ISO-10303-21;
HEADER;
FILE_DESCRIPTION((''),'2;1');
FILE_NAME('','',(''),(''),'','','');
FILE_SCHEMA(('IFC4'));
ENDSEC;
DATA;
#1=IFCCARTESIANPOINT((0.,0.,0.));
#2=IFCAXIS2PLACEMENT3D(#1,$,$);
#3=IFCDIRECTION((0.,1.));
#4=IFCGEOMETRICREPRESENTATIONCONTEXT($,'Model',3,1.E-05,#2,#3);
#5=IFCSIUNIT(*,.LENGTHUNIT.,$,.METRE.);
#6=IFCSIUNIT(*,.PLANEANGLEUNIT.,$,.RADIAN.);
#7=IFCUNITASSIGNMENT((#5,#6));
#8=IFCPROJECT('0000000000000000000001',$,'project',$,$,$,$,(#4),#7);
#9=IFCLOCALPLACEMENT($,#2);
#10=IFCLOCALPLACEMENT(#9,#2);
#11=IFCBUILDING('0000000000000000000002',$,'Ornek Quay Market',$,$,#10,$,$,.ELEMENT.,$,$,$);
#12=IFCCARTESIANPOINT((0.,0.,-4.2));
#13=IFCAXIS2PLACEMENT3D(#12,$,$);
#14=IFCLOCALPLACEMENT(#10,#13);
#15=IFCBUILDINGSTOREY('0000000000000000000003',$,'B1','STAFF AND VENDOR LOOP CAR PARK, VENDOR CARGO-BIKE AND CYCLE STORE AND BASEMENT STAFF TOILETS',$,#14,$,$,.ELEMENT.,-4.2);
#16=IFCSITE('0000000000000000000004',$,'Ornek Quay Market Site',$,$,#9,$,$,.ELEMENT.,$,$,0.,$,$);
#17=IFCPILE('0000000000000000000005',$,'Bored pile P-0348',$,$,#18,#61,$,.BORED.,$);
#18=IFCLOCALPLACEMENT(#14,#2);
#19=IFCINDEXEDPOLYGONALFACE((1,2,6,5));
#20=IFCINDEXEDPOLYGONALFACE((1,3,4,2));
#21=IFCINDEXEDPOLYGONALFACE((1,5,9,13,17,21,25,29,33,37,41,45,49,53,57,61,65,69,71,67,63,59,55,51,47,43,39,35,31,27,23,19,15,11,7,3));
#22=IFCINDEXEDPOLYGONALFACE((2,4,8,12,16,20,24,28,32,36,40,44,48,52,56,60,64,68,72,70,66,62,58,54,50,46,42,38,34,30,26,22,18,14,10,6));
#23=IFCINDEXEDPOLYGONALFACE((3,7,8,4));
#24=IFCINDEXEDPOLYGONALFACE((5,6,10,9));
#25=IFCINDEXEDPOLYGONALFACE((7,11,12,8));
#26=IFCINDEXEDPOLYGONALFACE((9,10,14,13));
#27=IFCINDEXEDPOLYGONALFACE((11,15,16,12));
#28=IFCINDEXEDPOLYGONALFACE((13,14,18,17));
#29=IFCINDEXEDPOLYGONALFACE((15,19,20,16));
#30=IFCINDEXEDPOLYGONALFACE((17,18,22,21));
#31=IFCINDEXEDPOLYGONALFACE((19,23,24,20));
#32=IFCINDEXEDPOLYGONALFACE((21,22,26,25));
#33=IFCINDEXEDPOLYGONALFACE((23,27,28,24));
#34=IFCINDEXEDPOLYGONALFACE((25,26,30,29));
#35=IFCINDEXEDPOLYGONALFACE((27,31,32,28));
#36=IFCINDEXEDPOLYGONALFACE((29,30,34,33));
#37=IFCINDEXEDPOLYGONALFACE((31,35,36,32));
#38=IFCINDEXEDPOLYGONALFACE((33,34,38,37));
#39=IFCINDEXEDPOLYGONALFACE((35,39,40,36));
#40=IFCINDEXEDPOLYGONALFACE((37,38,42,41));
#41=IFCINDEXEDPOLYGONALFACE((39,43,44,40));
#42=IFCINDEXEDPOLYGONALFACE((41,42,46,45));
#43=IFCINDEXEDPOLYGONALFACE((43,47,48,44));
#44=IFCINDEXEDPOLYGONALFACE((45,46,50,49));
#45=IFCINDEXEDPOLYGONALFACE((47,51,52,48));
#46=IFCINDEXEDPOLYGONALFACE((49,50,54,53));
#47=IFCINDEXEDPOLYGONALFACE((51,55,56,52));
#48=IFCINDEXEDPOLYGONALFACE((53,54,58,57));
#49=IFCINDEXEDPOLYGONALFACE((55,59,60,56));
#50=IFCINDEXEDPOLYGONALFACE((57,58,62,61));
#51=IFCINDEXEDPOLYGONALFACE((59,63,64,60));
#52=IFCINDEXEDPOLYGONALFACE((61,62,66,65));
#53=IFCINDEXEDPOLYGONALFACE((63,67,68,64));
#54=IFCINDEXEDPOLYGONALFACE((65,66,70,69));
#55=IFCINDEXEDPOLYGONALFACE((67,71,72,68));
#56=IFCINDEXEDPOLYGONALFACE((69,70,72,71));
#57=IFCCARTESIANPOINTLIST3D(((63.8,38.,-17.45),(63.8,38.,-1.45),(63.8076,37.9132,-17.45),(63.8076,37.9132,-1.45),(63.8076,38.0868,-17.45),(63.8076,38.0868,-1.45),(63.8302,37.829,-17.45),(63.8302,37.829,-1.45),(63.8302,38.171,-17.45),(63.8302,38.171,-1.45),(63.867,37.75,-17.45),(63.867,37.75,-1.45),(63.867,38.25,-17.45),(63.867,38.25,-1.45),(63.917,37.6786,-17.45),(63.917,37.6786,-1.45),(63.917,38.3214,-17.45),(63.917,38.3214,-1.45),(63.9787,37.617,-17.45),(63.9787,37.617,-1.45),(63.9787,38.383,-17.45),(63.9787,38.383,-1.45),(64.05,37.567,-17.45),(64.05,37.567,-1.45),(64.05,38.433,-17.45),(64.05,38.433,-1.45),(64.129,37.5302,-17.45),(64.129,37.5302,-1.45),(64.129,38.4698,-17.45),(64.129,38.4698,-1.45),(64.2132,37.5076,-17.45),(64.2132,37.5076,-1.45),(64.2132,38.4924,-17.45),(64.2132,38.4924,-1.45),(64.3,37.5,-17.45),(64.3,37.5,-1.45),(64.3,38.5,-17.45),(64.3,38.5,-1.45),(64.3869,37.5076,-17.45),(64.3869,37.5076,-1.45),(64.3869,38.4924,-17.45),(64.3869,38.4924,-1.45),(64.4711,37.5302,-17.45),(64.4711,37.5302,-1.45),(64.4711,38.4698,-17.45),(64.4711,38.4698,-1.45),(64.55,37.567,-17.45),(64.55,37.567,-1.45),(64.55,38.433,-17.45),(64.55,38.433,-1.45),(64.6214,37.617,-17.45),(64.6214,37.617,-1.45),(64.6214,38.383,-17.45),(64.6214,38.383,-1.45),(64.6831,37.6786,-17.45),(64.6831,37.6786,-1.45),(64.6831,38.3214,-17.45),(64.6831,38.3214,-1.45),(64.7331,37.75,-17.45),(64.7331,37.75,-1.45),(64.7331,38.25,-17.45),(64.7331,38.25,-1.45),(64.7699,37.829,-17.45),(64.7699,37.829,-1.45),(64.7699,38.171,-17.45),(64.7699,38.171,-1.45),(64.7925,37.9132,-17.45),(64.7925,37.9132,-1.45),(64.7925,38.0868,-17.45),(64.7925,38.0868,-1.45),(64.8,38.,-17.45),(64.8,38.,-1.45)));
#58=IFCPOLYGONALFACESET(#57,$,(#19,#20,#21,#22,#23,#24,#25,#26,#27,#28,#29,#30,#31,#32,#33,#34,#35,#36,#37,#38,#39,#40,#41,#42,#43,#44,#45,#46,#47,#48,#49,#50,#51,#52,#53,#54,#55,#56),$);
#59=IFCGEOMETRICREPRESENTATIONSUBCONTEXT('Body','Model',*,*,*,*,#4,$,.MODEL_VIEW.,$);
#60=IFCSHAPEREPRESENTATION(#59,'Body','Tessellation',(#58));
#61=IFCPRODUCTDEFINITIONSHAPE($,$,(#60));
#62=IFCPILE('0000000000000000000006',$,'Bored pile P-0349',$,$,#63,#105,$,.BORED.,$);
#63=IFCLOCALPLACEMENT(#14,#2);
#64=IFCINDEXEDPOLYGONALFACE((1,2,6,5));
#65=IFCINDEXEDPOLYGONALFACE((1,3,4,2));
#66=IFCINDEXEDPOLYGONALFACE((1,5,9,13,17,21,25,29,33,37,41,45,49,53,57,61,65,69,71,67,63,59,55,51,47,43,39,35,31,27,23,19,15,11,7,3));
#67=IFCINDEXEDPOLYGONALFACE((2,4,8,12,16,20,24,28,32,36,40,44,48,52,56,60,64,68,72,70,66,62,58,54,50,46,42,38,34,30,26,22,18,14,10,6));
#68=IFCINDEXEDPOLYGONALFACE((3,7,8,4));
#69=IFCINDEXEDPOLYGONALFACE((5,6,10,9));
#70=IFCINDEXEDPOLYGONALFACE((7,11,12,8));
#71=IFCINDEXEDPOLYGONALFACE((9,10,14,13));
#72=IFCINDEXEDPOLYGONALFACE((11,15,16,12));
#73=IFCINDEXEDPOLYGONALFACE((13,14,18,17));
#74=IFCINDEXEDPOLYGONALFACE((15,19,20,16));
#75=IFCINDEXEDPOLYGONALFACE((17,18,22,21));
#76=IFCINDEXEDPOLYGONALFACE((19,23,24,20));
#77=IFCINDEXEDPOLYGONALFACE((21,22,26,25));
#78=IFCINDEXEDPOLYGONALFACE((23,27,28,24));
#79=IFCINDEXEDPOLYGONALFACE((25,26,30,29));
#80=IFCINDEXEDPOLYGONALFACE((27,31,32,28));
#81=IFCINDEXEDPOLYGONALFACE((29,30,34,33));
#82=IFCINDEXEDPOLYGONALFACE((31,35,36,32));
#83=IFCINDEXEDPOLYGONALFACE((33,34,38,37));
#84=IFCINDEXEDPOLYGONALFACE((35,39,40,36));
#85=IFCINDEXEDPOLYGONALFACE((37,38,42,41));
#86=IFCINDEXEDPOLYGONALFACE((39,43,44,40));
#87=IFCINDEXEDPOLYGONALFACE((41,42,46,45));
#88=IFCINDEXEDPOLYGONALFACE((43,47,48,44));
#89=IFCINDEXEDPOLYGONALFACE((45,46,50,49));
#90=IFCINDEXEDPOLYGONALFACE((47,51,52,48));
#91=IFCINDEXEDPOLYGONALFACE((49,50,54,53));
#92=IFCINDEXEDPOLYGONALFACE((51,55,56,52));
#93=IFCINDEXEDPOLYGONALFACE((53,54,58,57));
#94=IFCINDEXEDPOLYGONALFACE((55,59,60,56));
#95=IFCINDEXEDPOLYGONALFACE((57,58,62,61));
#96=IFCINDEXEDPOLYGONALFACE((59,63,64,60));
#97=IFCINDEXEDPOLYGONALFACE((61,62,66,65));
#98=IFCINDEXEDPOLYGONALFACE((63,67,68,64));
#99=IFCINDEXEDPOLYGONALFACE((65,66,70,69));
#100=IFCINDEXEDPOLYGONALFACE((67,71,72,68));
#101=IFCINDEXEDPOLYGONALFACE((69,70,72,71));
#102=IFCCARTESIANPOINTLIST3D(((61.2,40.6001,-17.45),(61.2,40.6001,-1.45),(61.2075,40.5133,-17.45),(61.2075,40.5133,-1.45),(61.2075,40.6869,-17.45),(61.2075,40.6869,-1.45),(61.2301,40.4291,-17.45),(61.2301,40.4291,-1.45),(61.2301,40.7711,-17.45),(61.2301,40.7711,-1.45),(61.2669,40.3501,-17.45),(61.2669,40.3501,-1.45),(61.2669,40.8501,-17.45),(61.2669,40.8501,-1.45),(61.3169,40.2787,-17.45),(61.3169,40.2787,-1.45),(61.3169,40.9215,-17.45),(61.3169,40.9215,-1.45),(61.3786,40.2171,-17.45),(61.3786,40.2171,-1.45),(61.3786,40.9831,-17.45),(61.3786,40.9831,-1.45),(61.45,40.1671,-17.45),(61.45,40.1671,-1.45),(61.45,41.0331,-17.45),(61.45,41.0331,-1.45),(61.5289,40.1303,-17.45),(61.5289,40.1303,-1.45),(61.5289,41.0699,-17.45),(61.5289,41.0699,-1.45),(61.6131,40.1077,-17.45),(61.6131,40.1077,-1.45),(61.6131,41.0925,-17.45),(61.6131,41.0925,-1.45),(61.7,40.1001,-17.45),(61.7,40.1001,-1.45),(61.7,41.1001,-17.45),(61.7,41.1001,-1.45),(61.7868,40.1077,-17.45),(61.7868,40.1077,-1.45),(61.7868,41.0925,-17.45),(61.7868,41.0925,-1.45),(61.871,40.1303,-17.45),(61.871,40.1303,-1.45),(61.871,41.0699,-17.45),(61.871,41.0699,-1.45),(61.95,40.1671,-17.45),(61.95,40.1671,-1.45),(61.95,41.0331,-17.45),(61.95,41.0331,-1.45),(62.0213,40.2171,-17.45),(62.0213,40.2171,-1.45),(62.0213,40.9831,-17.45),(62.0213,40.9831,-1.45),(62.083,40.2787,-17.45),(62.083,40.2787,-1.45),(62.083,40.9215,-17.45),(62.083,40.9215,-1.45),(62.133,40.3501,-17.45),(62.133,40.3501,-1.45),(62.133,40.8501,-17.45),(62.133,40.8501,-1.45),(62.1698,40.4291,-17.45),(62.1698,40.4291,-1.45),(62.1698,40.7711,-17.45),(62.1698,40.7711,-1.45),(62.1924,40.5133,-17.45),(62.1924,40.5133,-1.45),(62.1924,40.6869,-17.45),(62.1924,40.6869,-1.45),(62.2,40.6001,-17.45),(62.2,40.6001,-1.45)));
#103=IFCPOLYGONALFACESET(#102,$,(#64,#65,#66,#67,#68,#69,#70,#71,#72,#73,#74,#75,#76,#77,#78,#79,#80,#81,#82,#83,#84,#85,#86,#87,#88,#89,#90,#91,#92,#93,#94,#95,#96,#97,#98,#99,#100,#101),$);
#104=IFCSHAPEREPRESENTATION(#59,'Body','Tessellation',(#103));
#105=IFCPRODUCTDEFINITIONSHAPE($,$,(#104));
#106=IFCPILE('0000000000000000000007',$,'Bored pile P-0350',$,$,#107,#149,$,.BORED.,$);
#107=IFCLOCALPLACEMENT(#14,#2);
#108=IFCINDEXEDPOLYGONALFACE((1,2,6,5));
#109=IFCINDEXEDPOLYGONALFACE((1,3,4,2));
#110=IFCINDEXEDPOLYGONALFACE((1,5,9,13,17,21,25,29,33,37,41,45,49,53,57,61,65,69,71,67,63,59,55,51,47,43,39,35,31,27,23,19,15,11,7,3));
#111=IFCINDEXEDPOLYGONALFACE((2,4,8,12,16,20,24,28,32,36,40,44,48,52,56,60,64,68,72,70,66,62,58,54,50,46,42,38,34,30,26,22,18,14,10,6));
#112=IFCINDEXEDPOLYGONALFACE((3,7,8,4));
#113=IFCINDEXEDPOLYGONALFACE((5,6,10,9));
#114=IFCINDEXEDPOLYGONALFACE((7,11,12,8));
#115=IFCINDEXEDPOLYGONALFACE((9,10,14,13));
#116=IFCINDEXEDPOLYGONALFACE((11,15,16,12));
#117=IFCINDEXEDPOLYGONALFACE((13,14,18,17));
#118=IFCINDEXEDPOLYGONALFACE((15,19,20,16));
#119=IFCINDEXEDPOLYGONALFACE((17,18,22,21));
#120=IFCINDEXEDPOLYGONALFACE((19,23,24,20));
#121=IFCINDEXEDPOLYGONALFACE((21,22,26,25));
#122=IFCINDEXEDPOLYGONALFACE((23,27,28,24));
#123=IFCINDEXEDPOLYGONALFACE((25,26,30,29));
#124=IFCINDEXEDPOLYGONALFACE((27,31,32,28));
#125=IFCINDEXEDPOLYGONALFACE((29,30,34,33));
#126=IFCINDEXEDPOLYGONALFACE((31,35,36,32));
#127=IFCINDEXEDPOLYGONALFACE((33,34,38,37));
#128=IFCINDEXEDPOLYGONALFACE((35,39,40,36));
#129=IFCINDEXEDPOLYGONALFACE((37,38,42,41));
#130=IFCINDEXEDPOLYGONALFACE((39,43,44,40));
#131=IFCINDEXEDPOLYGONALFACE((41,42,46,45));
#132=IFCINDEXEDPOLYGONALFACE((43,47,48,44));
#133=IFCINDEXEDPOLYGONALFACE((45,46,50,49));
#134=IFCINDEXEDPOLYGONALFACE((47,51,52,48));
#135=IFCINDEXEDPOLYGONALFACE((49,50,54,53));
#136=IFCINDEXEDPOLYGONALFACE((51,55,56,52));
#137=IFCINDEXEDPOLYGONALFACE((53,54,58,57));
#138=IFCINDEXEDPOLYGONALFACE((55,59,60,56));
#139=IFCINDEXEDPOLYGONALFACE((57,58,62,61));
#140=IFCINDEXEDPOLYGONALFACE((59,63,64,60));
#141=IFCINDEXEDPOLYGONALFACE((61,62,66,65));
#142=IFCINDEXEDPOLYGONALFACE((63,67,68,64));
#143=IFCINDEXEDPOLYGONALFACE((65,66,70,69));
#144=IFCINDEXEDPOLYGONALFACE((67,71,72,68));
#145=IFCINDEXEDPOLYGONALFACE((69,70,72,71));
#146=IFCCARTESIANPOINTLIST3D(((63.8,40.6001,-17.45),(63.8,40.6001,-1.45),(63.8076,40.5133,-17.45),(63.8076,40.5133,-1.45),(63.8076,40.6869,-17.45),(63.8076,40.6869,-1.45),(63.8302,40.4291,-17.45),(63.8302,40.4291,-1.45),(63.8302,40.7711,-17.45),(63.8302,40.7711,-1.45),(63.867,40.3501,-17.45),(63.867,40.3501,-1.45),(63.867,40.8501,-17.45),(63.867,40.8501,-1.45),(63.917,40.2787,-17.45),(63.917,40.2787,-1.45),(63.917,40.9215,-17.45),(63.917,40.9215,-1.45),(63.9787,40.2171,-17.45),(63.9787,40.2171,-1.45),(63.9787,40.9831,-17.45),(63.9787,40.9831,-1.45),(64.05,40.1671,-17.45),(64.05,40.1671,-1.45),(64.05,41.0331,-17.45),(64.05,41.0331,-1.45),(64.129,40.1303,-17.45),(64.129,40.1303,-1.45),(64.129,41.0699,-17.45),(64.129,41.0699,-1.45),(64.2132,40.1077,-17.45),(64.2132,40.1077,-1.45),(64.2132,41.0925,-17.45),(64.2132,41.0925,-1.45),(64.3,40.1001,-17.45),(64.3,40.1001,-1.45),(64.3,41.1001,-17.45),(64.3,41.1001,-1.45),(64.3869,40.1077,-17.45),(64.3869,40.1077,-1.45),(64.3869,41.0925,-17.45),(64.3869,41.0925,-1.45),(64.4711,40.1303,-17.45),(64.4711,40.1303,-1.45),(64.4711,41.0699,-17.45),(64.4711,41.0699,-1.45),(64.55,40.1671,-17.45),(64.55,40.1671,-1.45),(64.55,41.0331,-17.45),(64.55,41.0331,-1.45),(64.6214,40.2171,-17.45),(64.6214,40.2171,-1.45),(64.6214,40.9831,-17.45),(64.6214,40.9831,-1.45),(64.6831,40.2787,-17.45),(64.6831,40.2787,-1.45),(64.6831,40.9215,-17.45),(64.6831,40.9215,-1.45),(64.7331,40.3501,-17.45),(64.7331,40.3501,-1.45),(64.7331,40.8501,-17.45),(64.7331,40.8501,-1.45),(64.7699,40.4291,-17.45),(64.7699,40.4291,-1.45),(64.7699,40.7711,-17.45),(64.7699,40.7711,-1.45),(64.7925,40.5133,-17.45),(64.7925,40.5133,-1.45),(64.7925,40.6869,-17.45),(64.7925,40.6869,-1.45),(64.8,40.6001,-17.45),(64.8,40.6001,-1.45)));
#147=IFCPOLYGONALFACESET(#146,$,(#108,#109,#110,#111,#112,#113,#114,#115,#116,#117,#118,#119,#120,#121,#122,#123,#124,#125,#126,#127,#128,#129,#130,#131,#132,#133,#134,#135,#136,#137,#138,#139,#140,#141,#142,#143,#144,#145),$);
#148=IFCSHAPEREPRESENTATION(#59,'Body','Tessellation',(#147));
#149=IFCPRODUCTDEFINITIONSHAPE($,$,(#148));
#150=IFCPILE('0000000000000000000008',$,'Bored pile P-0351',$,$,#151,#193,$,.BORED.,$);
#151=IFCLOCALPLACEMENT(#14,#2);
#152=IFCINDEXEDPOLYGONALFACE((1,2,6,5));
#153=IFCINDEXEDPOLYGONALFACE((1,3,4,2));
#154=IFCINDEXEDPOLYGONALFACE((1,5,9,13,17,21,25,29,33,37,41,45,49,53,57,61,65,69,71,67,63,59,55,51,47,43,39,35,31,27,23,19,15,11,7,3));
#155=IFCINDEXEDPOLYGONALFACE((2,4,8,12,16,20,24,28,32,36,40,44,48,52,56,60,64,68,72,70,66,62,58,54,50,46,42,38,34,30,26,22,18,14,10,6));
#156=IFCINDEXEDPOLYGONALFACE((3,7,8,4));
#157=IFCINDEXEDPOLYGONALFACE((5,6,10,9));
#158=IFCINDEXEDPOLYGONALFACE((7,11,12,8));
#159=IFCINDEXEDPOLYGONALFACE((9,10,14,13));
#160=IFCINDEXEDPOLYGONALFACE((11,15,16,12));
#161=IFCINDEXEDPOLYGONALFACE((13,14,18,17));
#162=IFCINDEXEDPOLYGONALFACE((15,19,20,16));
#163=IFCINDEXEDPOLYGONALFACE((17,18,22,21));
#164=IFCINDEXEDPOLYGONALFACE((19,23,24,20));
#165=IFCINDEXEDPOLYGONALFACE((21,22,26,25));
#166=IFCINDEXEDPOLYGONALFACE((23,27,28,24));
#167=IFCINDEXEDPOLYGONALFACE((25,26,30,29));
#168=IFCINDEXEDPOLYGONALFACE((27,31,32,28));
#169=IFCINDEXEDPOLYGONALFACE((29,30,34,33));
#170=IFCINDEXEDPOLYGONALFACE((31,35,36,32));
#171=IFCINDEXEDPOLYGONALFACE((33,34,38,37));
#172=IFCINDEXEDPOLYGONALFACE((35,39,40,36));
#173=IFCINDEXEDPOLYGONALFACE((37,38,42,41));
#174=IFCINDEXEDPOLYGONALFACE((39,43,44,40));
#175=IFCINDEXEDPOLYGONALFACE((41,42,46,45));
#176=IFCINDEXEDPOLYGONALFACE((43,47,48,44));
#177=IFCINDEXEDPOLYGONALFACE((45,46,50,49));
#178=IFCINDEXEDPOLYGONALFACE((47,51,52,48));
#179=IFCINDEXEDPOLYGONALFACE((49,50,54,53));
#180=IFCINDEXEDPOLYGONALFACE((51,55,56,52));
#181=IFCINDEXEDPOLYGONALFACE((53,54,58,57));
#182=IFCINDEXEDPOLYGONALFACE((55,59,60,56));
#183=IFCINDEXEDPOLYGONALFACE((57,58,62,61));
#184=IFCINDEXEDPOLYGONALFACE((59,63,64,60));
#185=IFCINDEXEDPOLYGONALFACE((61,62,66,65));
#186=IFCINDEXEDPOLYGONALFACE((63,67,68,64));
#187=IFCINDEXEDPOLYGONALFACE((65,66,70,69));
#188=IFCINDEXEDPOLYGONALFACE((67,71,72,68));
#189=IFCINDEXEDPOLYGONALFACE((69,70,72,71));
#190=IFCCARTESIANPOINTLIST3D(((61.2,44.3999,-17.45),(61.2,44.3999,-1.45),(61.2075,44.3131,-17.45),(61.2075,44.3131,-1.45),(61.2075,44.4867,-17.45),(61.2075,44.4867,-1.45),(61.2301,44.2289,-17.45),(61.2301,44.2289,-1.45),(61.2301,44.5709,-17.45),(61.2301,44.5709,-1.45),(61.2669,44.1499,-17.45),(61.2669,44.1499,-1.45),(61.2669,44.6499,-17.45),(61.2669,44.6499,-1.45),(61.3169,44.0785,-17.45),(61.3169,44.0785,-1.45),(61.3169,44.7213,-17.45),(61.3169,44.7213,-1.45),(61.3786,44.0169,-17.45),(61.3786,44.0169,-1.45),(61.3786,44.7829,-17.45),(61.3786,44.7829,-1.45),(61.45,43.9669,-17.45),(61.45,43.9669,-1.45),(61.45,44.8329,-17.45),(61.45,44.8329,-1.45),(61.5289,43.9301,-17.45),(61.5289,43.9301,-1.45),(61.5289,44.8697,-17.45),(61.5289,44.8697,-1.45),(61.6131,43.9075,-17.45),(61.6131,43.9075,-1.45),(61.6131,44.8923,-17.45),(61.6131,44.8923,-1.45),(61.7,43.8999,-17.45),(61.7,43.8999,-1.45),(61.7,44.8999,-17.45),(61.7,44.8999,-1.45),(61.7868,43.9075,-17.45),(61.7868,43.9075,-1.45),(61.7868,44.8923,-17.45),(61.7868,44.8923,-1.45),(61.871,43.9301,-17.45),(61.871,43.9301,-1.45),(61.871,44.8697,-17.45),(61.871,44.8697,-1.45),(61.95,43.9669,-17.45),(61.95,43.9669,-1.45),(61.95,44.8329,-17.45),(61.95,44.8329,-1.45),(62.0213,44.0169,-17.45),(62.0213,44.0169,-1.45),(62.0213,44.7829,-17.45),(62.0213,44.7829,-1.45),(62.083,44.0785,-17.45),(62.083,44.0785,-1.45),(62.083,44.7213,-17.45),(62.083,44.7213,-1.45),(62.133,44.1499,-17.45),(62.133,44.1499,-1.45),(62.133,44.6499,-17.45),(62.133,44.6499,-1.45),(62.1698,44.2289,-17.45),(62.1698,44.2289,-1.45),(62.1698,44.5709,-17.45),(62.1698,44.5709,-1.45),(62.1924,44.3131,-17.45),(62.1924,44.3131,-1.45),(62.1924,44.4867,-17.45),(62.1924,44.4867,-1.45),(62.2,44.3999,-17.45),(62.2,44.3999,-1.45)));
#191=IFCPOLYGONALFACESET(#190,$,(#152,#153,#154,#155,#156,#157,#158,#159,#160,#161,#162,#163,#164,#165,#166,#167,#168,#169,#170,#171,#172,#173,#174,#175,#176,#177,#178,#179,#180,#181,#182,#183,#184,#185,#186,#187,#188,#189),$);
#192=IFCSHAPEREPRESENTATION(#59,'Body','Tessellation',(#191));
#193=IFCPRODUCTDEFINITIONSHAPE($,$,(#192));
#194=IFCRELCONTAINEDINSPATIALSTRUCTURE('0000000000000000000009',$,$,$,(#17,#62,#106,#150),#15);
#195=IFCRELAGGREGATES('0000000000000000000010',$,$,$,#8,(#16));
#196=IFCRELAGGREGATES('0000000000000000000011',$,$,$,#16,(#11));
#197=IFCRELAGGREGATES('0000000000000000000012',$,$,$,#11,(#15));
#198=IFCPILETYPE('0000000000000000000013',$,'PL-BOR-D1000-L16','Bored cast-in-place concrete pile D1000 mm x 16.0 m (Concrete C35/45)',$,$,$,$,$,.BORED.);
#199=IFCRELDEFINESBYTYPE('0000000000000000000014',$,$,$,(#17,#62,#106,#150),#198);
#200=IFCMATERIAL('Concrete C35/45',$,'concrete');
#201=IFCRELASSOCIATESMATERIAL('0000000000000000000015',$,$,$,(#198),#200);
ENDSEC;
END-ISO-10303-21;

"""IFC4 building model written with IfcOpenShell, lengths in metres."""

from ifc_helpers import new_model, si_unit, direction, frame, origin, origin_2d, place, context, subcontext, project, spatial, circle, extrude, material, material_profile, profile_set, type_object, element, save


model = new_model("IFC4")

# Units and contexts
model_context = context("Model", 3, precision=1e-05, world=origin(), true_north=direction((0.0, 1.0)))
body_context = subcontext(model_context, "Body", "Model", "MODEL_VIEW")
ifc_project = project(units=[si_unit("LENGTHUNIT", "METRE"), si_unit("PLANEANGLEUNIT", "RADIAN")], contexts=[model_context])

# Site, building, storey
site_placement = place(None, origin())
site = spatial("IfcSite", under=ifc_project, at=site_placement, Name="Ornek Quay Market Site", CompositionType="ELEMENT", RefElevation=0.0)
building_placement = place(site_placement, origin())
building = spatial("IfcBuilding", under=site, at=building_placement, Name="Ornek Quay Market", CompositionType="ELEMENT")
storey_placement = place(building_placement, frame((0.0, 0.0, -4.2)))
storey = spatial("IfcBuildingStorey", under=building, at=storey_placement, Name="B1", Description="STAFF AND VENDOR LOOP CAR PARK, VENDOR CARGO-BIKE AND CYCLE STORE AND BASEMENT STAFF TOILETS", CompositionType="ELEMENT", Elevation=-4.2)

# Piles
ifc_material_1 = material(Name="Concrete C35/45", Category="concrete")
ifc_material_profile_1 = material_profile(ifc_material_1, circle(Radius=0.5, at=origin_2d()), Name="PILE D1000", Category="concrete")
ifc_profile_set_1 = profile_set([ifc_material_profile_1], Name="Concrete C35/45")
pile_type_1 = type_object("IfcPileType", Name="PL-BOR-D1000-L16", Description="Bored cast-in-place concrete pile D1000 mm x 16.0 m (Concrete C35/45)", PredefinedType="BORED", material=ifc_profile_set_1)
for number, where, z_axis, x_axis, name in (
    (1, (64.3, 38.0, -1.45), (0.0, 0.0, -1.0), (1.0, 0.0, 0.0), "Bored pile P-0348"),
    (2, (61.7, 40.6001, -1.45), (0.0, 0.0, -1.0), (1.0, 0.0, 0.0), "Bored pile P-0349"),
    (3, (64.3, 40.6001, -1.45), (0.0, 0.0, -1.0), (1.0, 0.0, 0.0), "Bored pile P-0350"),
    (4, (61.7, 44.3999, -1.45), (0.0, 0.0, -1.0), (1.0, 0.0, 0.0), "Bored pile P-0351"),
):
    element("IfcPile", number, at=place(storey_placement, frame(where, z_axis=z_axis, x_axis=x_axis)), inside=storey, type_object=pile_type_1, Name=name, PredefinedType="BORED", context=body_context, shape_type="SweptSolid", body=[
        extrude(circle(Radius=0.5, at=origin_2d()), origin(), (0.0, 0.0, 1.0), 16.0),
    ])

save(model, "model.ifc")
